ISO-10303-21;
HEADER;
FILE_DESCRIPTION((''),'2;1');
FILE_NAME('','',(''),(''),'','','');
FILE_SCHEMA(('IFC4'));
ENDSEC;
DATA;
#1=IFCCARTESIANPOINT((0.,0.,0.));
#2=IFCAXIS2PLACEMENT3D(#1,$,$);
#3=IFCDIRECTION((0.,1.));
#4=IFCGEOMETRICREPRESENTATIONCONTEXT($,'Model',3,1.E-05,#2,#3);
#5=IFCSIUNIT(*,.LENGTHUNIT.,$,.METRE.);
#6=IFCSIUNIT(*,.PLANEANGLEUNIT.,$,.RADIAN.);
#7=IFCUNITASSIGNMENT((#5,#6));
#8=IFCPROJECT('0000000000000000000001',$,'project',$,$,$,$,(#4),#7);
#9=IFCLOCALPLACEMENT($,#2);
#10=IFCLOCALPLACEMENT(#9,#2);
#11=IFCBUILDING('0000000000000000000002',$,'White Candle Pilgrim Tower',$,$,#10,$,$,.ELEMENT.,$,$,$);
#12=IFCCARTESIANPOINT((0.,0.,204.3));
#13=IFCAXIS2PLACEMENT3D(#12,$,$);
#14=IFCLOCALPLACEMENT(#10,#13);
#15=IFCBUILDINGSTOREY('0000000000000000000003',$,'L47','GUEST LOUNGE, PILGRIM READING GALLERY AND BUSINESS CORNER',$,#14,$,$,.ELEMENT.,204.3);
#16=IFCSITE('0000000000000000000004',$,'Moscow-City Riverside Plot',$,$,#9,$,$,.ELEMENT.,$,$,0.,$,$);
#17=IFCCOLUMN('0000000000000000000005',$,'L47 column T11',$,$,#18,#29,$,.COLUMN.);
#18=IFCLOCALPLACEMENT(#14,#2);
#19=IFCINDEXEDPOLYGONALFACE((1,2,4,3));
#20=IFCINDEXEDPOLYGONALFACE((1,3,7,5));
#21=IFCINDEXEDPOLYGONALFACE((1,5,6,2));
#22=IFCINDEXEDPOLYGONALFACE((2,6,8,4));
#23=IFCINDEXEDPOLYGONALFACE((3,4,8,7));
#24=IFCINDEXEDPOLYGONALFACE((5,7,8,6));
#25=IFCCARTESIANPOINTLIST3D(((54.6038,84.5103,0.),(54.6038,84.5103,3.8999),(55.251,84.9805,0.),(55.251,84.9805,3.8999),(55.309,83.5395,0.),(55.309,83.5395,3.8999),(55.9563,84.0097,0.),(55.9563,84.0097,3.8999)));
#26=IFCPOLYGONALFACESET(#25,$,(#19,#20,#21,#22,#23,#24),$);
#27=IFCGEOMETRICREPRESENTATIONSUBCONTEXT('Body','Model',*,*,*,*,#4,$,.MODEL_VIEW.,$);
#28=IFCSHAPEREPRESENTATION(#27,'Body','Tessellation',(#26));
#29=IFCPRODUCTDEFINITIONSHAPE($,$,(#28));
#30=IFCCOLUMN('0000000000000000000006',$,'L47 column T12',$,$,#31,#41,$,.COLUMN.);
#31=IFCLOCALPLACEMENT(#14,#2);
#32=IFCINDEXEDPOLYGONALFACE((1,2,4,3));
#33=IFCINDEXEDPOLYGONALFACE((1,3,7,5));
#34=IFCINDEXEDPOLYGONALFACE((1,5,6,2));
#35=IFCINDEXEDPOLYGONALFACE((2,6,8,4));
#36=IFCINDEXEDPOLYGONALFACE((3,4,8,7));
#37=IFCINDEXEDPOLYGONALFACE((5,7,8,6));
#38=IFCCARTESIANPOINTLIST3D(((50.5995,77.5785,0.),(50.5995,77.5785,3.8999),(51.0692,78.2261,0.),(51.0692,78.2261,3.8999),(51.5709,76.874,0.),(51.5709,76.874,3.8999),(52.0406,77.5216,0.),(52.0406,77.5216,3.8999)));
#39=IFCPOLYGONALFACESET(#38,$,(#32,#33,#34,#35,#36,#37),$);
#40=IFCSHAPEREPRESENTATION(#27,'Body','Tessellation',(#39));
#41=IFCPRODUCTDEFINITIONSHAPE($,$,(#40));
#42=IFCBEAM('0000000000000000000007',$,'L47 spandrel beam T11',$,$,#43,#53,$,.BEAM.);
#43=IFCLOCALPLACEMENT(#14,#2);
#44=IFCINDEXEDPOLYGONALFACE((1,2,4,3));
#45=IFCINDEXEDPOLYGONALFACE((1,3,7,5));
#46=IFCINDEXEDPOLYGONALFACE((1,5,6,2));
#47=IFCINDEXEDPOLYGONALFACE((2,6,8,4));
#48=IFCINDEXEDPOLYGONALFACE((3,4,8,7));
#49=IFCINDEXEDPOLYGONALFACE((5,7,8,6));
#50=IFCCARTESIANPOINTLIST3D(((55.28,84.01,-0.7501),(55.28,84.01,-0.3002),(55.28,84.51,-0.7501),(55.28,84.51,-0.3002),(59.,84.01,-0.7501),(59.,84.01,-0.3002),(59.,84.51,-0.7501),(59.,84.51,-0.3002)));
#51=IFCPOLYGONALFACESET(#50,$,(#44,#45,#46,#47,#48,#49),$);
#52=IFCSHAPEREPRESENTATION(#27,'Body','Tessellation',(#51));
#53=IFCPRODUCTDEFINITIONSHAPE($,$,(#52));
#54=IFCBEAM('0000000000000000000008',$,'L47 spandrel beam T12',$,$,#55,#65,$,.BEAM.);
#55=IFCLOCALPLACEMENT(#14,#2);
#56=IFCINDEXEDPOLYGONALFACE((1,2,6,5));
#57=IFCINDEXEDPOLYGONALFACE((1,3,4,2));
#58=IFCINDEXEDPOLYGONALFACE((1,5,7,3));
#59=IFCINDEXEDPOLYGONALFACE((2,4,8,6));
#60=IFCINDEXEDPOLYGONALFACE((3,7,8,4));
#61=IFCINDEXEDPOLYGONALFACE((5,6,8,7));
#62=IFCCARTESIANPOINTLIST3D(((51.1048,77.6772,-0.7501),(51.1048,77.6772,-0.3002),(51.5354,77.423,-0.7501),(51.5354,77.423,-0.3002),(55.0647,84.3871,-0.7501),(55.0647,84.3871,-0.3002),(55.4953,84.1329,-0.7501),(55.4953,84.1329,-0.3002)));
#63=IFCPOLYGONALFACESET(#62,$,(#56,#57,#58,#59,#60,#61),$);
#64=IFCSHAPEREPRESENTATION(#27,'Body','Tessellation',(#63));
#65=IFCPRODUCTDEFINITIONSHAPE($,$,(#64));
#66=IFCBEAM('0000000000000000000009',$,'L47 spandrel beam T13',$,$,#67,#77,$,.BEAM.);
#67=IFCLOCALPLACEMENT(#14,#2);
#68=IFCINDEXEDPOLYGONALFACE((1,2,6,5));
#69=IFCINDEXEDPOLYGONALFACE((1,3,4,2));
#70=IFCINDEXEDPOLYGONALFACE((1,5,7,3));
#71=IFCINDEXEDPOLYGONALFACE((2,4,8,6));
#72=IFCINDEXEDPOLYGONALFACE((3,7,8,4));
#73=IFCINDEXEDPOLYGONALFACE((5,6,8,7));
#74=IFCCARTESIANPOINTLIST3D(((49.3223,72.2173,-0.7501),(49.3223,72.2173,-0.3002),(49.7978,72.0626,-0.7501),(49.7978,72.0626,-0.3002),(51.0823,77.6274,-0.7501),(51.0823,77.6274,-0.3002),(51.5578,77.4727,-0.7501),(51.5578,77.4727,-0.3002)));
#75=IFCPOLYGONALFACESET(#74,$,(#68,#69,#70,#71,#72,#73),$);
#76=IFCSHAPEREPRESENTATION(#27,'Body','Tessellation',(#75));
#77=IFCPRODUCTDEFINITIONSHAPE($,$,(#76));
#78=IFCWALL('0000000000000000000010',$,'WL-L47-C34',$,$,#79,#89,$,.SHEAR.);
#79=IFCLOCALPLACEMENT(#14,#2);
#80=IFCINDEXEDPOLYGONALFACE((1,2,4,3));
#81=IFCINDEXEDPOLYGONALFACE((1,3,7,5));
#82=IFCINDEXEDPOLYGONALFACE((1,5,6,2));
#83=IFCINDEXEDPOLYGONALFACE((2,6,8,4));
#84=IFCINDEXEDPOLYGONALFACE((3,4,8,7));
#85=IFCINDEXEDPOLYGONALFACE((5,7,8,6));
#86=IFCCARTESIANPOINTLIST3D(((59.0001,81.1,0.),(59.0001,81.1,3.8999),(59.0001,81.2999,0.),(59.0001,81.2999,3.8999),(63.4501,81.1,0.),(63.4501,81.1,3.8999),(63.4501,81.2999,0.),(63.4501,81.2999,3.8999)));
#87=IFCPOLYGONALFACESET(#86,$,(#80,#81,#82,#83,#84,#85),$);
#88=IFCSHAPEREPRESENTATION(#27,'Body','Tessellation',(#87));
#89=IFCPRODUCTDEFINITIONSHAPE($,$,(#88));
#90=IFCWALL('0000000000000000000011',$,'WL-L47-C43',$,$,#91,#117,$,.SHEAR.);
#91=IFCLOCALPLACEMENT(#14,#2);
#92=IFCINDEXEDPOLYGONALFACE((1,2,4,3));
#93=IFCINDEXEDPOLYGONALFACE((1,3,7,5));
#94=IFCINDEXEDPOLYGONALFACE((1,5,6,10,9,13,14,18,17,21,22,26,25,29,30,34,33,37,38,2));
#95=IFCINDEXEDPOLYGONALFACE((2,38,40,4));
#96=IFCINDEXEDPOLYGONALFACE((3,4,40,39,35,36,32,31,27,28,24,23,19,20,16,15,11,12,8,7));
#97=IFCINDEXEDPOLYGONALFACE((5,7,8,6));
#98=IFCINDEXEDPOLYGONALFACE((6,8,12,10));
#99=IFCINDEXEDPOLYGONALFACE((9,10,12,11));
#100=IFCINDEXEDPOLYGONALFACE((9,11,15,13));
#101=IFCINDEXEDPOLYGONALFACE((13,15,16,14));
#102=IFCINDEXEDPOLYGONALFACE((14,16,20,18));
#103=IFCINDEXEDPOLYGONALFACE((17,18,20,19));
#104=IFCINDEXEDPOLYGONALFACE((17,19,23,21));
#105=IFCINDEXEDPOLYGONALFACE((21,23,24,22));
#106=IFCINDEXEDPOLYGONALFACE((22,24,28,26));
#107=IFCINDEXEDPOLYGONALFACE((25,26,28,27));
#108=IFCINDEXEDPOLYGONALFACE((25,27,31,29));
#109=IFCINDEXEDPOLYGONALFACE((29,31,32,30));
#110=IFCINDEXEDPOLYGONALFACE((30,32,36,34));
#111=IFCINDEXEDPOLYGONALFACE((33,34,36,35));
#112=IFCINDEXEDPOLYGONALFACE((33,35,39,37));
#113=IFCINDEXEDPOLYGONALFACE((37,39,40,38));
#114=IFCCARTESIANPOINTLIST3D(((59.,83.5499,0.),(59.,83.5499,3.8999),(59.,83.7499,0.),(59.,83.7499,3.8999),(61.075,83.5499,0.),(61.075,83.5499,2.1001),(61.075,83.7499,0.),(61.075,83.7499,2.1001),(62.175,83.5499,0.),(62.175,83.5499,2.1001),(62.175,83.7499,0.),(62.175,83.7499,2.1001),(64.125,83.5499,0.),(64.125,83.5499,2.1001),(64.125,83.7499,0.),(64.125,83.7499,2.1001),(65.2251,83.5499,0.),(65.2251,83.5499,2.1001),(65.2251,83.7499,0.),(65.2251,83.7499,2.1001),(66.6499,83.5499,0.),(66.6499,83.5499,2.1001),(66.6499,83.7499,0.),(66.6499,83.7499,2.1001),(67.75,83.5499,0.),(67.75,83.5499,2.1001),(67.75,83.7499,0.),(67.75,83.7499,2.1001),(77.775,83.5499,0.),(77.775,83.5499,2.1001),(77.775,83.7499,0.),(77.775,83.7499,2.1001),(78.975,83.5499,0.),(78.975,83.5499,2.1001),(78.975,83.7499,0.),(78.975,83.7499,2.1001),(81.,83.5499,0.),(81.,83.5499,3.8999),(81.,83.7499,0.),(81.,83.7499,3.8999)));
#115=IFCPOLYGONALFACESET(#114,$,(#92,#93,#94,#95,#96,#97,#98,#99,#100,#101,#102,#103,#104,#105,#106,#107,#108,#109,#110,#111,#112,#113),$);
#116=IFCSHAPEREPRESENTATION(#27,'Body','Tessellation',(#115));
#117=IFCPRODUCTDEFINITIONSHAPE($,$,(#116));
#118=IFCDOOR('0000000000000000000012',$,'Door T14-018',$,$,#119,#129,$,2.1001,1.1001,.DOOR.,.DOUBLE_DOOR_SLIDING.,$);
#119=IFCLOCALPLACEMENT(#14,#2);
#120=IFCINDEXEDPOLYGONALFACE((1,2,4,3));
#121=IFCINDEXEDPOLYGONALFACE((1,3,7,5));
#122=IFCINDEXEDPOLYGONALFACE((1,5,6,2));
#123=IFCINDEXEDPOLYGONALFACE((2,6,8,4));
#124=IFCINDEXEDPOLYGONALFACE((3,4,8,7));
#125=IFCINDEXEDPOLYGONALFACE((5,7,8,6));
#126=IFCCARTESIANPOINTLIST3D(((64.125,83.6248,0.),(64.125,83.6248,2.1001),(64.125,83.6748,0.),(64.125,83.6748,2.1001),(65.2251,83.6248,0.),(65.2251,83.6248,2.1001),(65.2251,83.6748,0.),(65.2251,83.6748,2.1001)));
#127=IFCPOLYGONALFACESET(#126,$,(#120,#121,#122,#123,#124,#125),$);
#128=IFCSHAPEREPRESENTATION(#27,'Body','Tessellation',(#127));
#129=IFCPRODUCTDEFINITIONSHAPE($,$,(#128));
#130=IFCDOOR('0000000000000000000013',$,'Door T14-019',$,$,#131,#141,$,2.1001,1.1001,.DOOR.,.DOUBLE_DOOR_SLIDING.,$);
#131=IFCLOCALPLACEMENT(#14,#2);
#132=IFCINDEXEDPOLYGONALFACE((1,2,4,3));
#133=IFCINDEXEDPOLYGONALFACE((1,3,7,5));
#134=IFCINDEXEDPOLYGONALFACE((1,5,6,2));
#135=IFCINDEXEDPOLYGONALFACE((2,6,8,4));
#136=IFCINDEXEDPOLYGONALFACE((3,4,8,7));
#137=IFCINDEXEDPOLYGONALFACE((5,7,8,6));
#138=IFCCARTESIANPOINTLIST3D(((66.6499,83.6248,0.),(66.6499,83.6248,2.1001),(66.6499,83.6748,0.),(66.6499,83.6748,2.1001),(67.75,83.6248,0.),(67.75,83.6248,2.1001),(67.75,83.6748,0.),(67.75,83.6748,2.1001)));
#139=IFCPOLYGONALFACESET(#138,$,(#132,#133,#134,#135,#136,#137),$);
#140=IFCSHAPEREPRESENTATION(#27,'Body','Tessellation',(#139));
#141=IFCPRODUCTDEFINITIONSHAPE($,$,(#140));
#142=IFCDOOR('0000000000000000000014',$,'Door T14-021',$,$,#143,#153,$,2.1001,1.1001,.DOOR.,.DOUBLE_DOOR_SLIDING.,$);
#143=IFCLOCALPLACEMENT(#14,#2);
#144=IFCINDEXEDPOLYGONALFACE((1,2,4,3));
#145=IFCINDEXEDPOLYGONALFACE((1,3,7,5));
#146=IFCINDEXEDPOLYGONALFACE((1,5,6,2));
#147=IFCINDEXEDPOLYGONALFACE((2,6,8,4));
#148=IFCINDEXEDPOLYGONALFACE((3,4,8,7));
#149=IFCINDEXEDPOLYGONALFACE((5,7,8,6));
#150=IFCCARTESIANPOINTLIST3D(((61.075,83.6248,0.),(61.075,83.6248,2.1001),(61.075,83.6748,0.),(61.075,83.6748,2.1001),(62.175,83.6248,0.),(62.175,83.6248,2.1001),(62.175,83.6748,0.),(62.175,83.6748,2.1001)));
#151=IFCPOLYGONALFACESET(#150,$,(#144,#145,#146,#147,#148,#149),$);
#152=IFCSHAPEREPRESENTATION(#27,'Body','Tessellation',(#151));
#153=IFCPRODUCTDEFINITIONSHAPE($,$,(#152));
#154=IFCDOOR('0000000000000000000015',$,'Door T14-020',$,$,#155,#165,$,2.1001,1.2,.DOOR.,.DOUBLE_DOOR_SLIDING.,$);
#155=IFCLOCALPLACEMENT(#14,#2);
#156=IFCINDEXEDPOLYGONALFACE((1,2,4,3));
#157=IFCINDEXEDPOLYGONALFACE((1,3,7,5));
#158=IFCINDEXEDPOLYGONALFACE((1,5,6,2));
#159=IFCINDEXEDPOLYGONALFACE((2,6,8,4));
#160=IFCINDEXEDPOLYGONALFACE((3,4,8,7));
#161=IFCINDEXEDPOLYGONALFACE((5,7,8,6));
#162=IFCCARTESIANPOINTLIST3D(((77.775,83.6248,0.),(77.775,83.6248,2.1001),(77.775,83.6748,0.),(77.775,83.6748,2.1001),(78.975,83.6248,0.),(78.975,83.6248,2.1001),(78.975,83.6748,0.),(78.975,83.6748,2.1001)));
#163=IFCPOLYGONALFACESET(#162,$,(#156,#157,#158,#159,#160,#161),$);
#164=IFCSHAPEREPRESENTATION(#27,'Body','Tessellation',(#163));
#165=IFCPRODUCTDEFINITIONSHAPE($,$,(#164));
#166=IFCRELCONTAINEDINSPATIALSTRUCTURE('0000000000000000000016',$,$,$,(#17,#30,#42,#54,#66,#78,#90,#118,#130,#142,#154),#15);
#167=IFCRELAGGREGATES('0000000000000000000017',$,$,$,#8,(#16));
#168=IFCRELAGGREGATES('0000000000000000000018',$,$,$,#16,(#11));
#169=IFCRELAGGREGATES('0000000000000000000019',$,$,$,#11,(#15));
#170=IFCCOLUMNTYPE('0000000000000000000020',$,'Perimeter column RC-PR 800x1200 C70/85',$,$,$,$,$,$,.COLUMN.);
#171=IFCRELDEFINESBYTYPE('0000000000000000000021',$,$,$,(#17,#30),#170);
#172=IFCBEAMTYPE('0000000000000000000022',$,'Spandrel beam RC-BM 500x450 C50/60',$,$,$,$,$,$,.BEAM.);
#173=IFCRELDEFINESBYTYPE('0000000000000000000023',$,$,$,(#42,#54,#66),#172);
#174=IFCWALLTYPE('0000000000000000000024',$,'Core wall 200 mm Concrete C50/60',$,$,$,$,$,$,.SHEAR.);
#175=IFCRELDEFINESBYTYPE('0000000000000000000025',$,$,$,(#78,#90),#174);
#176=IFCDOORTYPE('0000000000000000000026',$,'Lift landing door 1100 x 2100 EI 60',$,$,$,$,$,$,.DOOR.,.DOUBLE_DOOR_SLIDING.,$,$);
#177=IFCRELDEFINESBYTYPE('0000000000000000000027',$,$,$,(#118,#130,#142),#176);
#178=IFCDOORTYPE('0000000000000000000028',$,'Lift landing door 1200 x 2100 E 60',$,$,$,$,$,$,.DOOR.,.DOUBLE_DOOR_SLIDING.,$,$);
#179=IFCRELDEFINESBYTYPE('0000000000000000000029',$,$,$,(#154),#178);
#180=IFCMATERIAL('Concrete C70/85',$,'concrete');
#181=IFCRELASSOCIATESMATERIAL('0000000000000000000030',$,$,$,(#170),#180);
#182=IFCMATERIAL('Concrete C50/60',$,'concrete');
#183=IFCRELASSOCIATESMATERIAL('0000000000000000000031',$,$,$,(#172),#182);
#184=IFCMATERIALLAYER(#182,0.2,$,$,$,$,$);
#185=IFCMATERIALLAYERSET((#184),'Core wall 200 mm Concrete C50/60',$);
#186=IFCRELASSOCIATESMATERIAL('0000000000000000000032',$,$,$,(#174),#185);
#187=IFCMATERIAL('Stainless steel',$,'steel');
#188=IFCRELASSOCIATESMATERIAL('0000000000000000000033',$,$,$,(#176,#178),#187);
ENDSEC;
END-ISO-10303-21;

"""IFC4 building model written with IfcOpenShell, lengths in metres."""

from ifc_helpers import new_model, si_unit, direction, frame, frame_2d, origin, origin_2d, place, context, subcontext, project, spatial, rectangle, extrude, material, layer, layer_set, material_profile, profile_set, type_object, element, fill, save


model = new_model("IFC4")

# Units and contexts
model_context = context("Model", 3, precision=1e-05, world=origin(), true_north=direction((0.0, 1.0)))
body_context = subcontext(model_context, "Body", "Model", "MODEL_VIEW")
ifc_project = project(units=[si_unit("LENGTHUNIT", "METRE"), si_unit("PLANEANGLEUNIT", "RADIAN")], contexts=[model_context])

# Site, building, storey
site_placement = place(None, origin())
site = spatial("IfcSite", under=ifc_project, at=site_placement, Name="Moscow-City Riverside Plot", CompositionType="ELEMENT", RefElevation=0.0)
building_placement = place(site_placement, origin())
building = spatial("IfcBuilding", under=site, at=building_placement, Name="White Candle Pilgrim Tower", CompositionType="ELEMENT")
storey_placement = place(building_placement, frame((0.0, 0.0, 204.3)))
storey = spatial("IfcBuildingStorey", under=building, at=storey_placement, Name="L47", Description="GUEST LOUNGE, PILGRIM READING GALLERY AND BUSINESS CORNER", CompositionType="ELEMENT", Elevation=204.3)

# Columns
ifc_material_1 = material(Name="Concrete C70/85", Category="concrete")
ifc_material_profile_1 = material_profile(ifc_material_1, rectangle(XDim=0.8, YDim=1.2, at=origin_2d()), Name="RC-PR 800x1200")
ifc_profile_set_1 = profile_set([ifc_material_profile_1], Name="Concrete C70/85")
column_type = type_object("IfcColumnType", Name="Perimeter column RC-PR 800x1200 C70/85", PredefinedType="COLUMN", material=ifc_profile_set_1)
for number, where, z_axis, x_axis, name in (
    (1, (55.28, 84.26, 0.0), (0.0, 0.0, 1.0), (0.809027, 0.587771, 0.0), "L47 column T11"),
    (2, (51.3201, 77.55, 0.0), (0.0, 0.0, 1.0), (0.587107, 0.809509, 0.0), "L47 column T12"),
):
    element("IfcColumn", number, at=place(storey_placement, frame(where, z_axis=z_axis, x_axis=x_axis)), inside=storey, type_object=column_type, Name=name, PredefinedType="COLUMN", context=body_context, shape_type="SweptSolid", body=[
        extrude(rectangle(XDim=0.8, YDim=1.2, at=origin_2d()), origin(), (0.0, 0.0, 1.0), 3.8999),
    ])

# Beams
ifc_material_2 = material(Name="Concrete C50/60", Category="concrete")
ifc_material_profile_2 = material_profile(ifc_material_2, rectangle(XDim=0.5, YDim=0.45, at=origin_2d()), Name="RC-BM 500x450")
ifc_profile_set_2 = profile_set([ifc_material_profile_2], Name="Concrete C50/60")
beam_type = type_object("IfcBeamType", Name="Spandrel beam RC-BM 500x450 C50/60", PredefinedType="BEAM", material=ifc_profile_set_2)
beam_1_placement = place(storey_placement, frame((55.28, 84.26, -0.5251), z_axis=(1.0, 0.0, 0.0), x_axis=(0.0, 1.0, 0.0)))
element("IfcBeam", 3, at=beam_1_placement, inside=storey, type_object=beam_type, Name="L47 spandrel beam T11", PredefinedType="BEAM", context=body_context, shape_type="SweptSolid", body=[
    extrude(rectangle(XDim=0.5, YDim=0.45, at=origin_2d()), origin(), (0.0, 0.0, 1.0), 3.72),
])
beam_2_placement = place(storey_placement, frame((55.28, 84.26, -0.5251), z_axis=(-0.508252, -0.861208, 0.0), x_axis=(0.861208, -0.508252, 0.0)))
element("IfcBeam", 4, at=beam_2_placement, inside=storey, type_object=beam_type, Name="L47 spandrel beam T12", PredefinedType="BEAM", context=body_context, shape_type="SweptSolid", body=[
    extrude(rectangle(XDim=0.5, YDim=0.45, at=origin_2d()), origin(), (0.0, 0.0, 1.0), 7.7913),
])
beam_3_placement = place(storey_placement, frame((51.3201, 77.55, -0.5251), z_axis=(-0.309358, -0.950946, 0.0), x_axis=(0.950946, -0.309358, 0.0)))
element("IfcBeam", 5, at=beam_3_placement, inside=storey, type_object=beam_type, Name="L47 spandrel beam T13", PredefinedType="BEAM", context=body_context, shape_type="SweptSolid", body=[
    extrude(rectangle(XDim=0.5, YDim=0.45, at=origin_2d()), origin(), (0.0, 0.0, 1.0), 5.6892),
])

# Wall
ifc_layer_1 = layer(ifc_material_2, 0.2)
ifc_layer_set_1 = layer_set([ifc_layer_1], Name="Core wall 200 mm Concrete C50/60")
wall_type_1 = type_object("IfcWallType", Name="Core wall 200 mm Concrete C50/60", PredefinedType="SHEAR", material=ifc_layer_set_1)
wall_1_placement = place(storey_placement, frame((59.0, 81.2, 0.0), z_axis=(0.0, 0.0, 1.0), x_axis=(1.0, 0.0, 0.0)))
element("IfcWall", 6, at=wall_1_placement, inside=storey, type_object=wall_type_1, Name="WL-L47-C34", PredefinedType="SHEAR", context=body_context, shape_type="SweptSolid", body=[
    extrude(rectangle(XDim=4.45, YDim=0.2, at=frame_2d((2.2251, 0.0))), origin(), (0.0, 0.0, 1.0), 3.8999),
])

# Wall, openings, doors
wall_2_placement = place(storey_placement, frame((59.0, 83.6499, 0.0), z_axis=(0.0, 0.0, 1.0), x_axis=(1.0, 0.0, 0.0)))
wall_2 = element("IfcWall", 7, at=wall_2_placement, inside=storey, type_object=wall_type_1, Name="WL-L47-C43", PredefinedType="SHEAR", context=body_context, shape_type="SweptSolid", body=[
    extrude(rectangle(XDim=22.0, YDim=0.2, at=frame_2d((11.0, 0.0))), origin(), (0.0, 0.0, 1.0), 3.8999),
])
opening_1_placement = place(wall_2_placement, frame((5.125, 0.0, 0.0)))
opening_1 = element("IfcOpeningElement", 8, at=opening_1_placement, cuts=wall_2, PredefinedType="OPENING", context=body_context, shape_type="SweptSolid", body=[
    extrude(rectangle(XDim=1.1001, YDim=2.1001, at=frame_2d((0.55, 1.05))), frame((0.0, 0.1099, 0.0), z_axis=(0.0, -1.0, 0.0), x_axis=(1.0, 0.0, 0.0)), (0.0, 0.0, 1.0), 0.22),
])
opening_2_placement = place(wall_2_placement, frame((7.6499, 0.0, 0.0)))
opening_2 = element("IfcOpeningElement", 9, at=opening_2_placement, cuts=wall_2, PredefinedType="OPENING", context=body_context, shape_type="SweptSolid", body=[
    extrude(rectangle(XDim=1.1001, YDim=2.1001, at=frame_2d((0.55, 1.05))), frame((0.0, 0.1099, 0.0), z_axis=(0.0, -1.0, 0.0), x_axis=(1.0, 0.0, 0.0)), (0.0, 0.0, 1.0), 0.22),
])
opening_3_placement = place(wall_2_placement, frame((18.7749, 0.0, 0.0)))
opening_3 = element("IfcOpeningElement", 10, at=opening_3_placement, cuts=wall_2, PredefinedType="OPENING", context=body_context, shape_type="SweptSolid", body=[
    extrude(rectangle(XDim=1.2, YDim=2.1001, at=frame_2d((0.6001, 1.05))), frame((0.0, 0.1099, 0.0), z_axis=(0.0, -1.0, 0.0), x_axis=(1.0, 0.0, 0.0)), (0.0, 0.0, 1.0), 0.22),
])
opening_4_placement = place(wall_2_placement, frame((2.075, 0.0, 0.0)))
opening_4 = element("IfcOpeningElement", 11, at=opening_4_placement, cuts=wall_2, PredefinedType="OPENING", context=body_context, shape_type="SweptSolid", body=[
    extrude(rectangle(XDim=1.1001, YDim=2.1001, at=frame_2d((0.55, 1.05))), frame((0.0, 0.1099, 0.0), z_axis=(0.0, -1.0, 0.0), x_axis=(1.0, 0.0, 0.0)), (0.0, 0.0, 1.0), 0.22),
])
ifc_material_3 = material(Name="Stainless steel", Category="steel")
door_type_1 = type_object("IfcDoorType", Name="Lift landing door 1100 x 2100 EI 60", OperationType="DOUBLE_DOOR_SLIDING", PredefinedType="DOOR", material=ifc_material_3)
door_1_placement = place(opening_1_placement, origin())
door_1 = element("IfcDoor", 12, at=door_1_placement, inside=storey, type_object=door_type_1, Name="Door T14-018", OperationType="DOUBLE_DOOR_SLIDING", OverallHeight=2.1001, OverallWidth=1.1001, PredefinedType="DOOR", context=body_context, shape_type="SweptSolid", body=[
    extrude(rectangle(XDim=1.1001, YDim=2.1001, at=frame_2d((0.55, 1.05))), frame((0.0, 0.0249, 0.0), z_axis=(0.0, -1.0, 0.0), x_axis=(1.0, 0.0, 0.0)), (0.0, 0.0, 1.0), 0.05),
])
fill(opening_1, door_1)
door_2_placement = place(opening_2_placement, origin())
door_2 = element("IfcDoor", 13, at=door_2_placement, inside=storey, type_object=door_type_1, Name="Door T14-019", OperationType="DOUBLE_DOOR_SLIDING", OverallHeight=2.1001, OverallWidth=1.1001, PredefinedType="DOOR", context=body_context, shape_type="SweptSolid", body=[
    extrude(rectangle(XDim=1.1001, YDim=2.1001, at=frame_2d((0.55, 1.05))), frame((0.0, 0.0249, 0.0), z_axis=(0.0, -1.0, 0.0), x_axis=(1.0, 0.0, 0.0)), (0.0, 0.0, 1.0), 0.05),
])
fill(opening_2, door_2)
door_3_placement = place(opening_4_placement, origin())
door_3 = element("IfcDoor", 14, at=door_3_placement, inside=storey, type_object=door_type_1, Name="Door T14-021", OperationType="DOUBLE_DOOR_SLIDING", OverallHeight=2.1001, OverallWidth=1.1001, PredefinedType="DOOR", context=body_context, shape_type="SweptSolid", body=[
    extrude(rectangle(XDim=1.1001, YDim=2.1001, at=frame_2d((0.55, 1.05))), frame((0.0, 0.0249, 0.0), z_axis=(0.0, -1.0, 0.0), x_axis=(1.0, 0.0, 0.0)), (0.0, 0.0, 1.0), 0.05),
])
fill(opening_4, door_3)
door_type_2 = type_object("IfcDoorType", Name="Lift landing door 1200 x 2100 E 60", OperationType="DOUBLE_DOOR_SLIDING", PredefinedType="DOOR", material=ifc_material_3)
door_4_placement = place(opening_3_placement, origin())
door_4 = element("IfcDoor", 15, at=door_4_placement, inside=storey, type_object=door_type_2, Name="Door T14-020", OperationType="DOUBLE_DOOR_SLIDING", OverallHeight=2.1001, OverallWidth=1.2, PredefinedType="DOOR", context=body_context, shape_type="SweptSolid", body=[
    extrude(rectangle(XDim=1.2, YDim=2.1001, at=frame_2d((0.6001, 1.05))), frame((0.0, 0.0249, 0.0), z_axis=(0.0, -1.0, 0.0), x_axis=(1.0, 0.0, 0.0)), (0.0, 0.0, 1.0), 0.05),
])
fill(opening_3, door_4)

save(model, "model.ifc")
